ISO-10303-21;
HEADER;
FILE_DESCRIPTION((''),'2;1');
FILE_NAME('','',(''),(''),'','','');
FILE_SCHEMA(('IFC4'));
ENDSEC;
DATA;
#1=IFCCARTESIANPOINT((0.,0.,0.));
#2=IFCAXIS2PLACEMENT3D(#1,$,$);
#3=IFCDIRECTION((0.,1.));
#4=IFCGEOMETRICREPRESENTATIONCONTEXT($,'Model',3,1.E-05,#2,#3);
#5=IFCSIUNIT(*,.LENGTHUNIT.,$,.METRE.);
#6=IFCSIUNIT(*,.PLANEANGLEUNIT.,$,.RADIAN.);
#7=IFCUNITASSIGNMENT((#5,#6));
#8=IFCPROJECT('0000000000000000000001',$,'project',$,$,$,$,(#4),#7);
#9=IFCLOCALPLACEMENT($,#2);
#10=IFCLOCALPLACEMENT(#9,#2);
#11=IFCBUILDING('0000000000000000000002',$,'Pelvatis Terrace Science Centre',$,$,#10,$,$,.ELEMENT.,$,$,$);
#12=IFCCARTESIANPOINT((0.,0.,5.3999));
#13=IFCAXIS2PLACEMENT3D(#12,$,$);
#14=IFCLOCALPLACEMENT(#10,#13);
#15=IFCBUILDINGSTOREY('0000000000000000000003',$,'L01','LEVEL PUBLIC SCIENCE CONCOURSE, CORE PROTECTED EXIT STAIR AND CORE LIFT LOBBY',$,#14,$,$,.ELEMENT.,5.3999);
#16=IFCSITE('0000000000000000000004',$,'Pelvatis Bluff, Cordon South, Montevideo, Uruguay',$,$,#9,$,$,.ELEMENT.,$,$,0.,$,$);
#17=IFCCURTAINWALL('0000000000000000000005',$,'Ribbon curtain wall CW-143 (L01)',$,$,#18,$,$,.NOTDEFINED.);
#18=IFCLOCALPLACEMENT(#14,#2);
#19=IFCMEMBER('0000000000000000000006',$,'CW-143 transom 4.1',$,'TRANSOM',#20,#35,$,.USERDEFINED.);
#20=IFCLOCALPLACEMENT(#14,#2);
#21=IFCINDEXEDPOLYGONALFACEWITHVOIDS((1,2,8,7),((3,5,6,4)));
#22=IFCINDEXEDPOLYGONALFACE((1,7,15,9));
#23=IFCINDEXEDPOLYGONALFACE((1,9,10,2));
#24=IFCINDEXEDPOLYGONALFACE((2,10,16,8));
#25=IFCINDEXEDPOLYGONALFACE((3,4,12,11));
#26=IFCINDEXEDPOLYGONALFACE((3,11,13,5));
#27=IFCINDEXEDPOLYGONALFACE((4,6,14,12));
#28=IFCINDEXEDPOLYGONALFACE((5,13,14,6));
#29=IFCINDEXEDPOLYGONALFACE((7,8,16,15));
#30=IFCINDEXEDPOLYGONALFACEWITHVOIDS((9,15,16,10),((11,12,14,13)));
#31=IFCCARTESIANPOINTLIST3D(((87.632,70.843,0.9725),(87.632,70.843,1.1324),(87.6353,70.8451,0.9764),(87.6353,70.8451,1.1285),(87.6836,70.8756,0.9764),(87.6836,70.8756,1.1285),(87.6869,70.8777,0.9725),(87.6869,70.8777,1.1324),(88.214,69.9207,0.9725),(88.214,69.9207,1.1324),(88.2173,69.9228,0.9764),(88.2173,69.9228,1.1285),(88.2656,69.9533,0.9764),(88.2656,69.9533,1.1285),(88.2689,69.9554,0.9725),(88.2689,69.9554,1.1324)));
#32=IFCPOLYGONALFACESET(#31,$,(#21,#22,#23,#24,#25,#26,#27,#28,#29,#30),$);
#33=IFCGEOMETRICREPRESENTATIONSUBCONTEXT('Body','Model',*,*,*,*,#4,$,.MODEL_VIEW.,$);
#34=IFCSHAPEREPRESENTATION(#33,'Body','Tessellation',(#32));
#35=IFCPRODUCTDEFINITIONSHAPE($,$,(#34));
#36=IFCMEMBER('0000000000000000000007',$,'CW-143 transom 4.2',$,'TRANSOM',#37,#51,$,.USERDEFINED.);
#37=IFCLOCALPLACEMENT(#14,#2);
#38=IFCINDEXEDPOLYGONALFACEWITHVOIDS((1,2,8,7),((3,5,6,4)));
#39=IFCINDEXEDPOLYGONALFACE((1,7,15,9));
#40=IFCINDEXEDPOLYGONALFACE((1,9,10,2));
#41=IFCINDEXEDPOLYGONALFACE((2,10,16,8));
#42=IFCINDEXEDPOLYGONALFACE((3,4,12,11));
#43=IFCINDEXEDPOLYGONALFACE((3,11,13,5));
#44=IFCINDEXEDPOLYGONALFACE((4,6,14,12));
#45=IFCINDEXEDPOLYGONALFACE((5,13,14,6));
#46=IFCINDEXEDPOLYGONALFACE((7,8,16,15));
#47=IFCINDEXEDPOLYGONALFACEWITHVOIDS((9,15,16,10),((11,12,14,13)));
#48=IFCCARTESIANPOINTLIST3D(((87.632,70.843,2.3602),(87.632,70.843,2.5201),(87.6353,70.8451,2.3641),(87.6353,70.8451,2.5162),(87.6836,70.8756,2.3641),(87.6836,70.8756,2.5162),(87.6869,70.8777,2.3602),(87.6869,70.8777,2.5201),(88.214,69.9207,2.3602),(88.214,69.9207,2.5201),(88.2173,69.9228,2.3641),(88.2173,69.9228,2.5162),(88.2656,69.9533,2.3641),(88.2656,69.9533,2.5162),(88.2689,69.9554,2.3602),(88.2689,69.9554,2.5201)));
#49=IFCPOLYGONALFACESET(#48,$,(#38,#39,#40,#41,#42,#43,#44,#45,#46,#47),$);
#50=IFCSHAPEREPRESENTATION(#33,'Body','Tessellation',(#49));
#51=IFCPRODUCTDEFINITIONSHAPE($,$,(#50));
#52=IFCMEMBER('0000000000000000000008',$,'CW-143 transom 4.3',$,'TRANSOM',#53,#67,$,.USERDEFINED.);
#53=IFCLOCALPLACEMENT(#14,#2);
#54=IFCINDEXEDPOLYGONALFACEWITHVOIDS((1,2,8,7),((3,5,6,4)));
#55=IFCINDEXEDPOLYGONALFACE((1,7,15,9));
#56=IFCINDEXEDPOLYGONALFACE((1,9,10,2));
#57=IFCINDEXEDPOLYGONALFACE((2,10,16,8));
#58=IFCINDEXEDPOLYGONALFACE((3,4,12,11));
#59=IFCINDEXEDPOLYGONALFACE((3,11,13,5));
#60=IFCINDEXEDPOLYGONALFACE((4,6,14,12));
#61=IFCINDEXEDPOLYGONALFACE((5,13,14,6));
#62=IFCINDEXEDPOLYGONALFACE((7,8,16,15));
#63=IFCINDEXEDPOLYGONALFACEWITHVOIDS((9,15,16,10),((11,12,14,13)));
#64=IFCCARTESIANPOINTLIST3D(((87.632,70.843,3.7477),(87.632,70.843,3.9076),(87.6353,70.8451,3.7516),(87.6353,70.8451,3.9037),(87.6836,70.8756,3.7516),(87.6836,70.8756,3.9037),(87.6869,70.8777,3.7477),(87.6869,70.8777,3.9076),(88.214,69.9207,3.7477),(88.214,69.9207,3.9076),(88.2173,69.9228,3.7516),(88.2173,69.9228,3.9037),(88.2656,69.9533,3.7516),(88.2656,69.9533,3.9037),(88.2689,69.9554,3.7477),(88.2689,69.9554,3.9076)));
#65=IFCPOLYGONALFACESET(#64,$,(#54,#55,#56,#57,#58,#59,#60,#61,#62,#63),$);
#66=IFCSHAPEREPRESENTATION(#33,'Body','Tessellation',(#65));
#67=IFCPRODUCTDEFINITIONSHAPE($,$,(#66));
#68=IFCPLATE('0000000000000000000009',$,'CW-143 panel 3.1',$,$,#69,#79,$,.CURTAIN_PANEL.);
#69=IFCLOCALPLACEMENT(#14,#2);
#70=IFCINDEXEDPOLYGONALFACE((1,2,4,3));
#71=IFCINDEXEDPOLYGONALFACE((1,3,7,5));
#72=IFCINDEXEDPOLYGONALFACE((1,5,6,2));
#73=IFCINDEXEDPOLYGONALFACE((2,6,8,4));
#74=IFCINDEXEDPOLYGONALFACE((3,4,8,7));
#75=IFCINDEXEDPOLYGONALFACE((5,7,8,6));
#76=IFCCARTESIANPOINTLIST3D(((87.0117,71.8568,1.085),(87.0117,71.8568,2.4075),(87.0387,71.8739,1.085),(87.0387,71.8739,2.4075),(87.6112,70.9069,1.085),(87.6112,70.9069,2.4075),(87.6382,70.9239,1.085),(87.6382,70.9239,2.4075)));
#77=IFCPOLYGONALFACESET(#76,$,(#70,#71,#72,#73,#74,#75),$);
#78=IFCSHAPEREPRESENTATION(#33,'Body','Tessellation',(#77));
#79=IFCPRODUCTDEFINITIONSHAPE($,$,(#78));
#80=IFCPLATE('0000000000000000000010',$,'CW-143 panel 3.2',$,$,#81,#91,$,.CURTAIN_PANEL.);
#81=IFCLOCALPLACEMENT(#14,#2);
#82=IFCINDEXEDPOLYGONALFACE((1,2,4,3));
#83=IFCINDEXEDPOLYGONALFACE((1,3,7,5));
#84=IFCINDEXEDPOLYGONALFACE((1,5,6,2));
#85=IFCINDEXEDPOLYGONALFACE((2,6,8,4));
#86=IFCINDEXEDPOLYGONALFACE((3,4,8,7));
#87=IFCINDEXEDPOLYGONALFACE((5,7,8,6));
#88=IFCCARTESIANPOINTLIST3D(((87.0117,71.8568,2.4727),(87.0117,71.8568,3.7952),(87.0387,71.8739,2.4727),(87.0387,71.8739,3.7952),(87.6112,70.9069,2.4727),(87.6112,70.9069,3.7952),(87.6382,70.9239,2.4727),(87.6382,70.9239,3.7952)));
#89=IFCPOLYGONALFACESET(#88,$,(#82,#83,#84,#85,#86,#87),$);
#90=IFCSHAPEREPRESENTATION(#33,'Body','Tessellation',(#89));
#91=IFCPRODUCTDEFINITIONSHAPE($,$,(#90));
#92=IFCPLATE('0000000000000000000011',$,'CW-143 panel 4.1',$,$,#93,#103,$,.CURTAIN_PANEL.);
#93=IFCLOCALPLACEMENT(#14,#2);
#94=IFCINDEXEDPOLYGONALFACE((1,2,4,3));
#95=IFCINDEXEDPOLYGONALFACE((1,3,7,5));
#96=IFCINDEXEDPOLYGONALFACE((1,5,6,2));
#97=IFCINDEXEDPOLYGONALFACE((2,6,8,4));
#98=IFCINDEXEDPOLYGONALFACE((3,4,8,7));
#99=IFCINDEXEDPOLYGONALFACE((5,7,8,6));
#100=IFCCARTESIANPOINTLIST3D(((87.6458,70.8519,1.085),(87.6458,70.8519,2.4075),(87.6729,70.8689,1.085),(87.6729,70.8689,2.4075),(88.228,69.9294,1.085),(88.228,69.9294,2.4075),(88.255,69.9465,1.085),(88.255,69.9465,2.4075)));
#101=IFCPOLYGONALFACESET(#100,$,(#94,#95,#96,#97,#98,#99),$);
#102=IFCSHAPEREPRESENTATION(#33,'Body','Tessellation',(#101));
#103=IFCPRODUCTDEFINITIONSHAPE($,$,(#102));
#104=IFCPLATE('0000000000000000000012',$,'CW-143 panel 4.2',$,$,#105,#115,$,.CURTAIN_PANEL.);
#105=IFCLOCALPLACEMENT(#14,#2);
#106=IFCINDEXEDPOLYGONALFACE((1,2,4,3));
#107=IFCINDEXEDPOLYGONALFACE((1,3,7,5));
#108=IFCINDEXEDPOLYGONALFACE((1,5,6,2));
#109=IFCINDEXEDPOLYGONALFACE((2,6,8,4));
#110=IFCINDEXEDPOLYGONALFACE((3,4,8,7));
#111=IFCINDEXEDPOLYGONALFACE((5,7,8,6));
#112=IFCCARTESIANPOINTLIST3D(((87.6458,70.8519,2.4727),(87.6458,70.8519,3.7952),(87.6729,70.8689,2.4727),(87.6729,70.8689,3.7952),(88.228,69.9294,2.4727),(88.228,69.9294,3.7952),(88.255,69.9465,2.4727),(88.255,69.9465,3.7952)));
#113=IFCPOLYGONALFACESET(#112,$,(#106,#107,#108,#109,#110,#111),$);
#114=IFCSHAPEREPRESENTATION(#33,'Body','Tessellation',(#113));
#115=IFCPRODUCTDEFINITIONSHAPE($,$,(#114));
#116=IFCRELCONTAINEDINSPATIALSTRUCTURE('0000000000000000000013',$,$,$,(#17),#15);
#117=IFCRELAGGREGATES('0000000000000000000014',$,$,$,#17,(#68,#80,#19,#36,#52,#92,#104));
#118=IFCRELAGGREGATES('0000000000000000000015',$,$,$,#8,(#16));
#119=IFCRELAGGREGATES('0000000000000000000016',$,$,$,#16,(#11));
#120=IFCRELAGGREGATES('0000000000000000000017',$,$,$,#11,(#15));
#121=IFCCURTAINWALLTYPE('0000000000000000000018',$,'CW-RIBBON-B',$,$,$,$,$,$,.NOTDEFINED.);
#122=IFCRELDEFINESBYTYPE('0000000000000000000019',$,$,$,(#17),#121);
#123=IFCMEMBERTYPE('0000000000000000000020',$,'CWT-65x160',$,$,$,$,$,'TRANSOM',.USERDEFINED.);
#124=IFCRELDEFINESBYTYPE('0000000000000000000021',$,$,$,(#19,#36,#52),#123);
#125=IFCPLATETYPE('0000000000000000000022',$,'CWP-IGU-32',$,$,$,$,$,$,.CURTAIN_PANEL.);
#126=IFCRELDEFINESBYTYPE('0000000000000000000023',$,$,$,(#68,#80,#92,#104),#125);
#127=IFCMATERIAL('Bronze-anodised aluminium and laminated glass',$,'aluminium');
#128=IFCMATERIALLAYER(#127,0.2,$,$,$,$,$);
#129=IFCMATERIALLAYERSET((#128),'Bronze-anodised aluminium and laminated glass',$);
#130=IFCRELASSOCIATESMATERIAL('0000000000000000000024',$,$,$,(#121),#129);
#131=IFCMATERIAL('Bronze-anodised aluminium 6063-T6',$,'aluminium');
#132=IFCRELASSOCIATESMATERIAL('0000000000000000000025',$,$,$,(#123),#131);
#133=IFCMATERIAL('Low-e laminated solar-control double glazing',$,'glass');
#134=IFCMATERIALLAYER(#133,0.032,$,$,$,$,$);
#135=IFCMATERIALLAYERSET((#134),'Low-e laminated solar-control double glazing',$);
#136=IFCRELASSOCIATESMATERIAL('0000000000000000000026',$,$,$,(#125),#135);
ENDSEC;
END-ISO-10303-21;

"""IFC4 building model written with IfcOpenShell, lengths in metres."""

from ifc_helpers import new_model, si_unit, direction, frame, origin, origin_2d, place, context, subcontext, project, spatial, rectangle, hollow_rectangle, extrude, material, layer, layer_set, material_profile, profile_set, type_object, element, aggregate, save


model = new_model("IFC4")

# Units and contexts
model_context = context("Model", 3, precision=1e-05, world=origin(), true_north=direction((0.0, 1.0)))
body_context = subcontext(model_context, "Body", "Model", "MODEL_VIEW")
ifc_project = project(units=[si_unit("LENGTHUNIT", "METRE"), si_unit("PLANEANGLEUNIT", "RADIAN")], contexts=[model_context])

# Site, building, storey
site_placement = place(None, origin())
site = spatial("IfcSite", under=ifc_project, at=site_placement, Name="Pelvatis Bluff, Cordon South, Montevideo, Uruguay", CompositionType="ELEMENT", RefElevation=0.0)
building_placement = place(site_placement, origin())
building = spatial("IfcBuilding", under=site, at=building_placement, Name="Pelvatis Terrace Science Centre", CompositionType="ELEMENT")
storey_placement = place(building_placement, frame((0.0, 0.0, 5.3999)))
storey = spatial("IfcBuildingStorey", under=building, at=storey_placement, Name="L01", Description="LEVEL PUBLIC SCIENCE CONCOURSE, CORE PROTECTED EXIT STAIR AND CORE LIFT LOBBY", CompositionType="ELEMENT", Elevation=5.3999)

# Curtain wall, members, plates
ifc_material_1 = material(Name="Bronze-anodised aluminium and laminated glass", Category="aluminium")
ifc_layer_1 = layer(ifc_material_1, 0.2)
ifc_layer_set_1 = layer_set([ifc_layer_1], Name="Bronze-anodised aluminium and laminated glass")
curtain_wall_type = type_object("IfcCurtainWallType", Name="CW-RIBBON-B", PredefinedType="NOTDEFINED", material=ifc_layer_set_1)
curtain_wall_placement = place(storey_placement, origin())
curtain_wall = element("IfcCurtainWall", 1, at=curtain_wall_placement, inside=storey, type_object=curtain_wall_type, Name="Ribbon curtain wall CW-143 (L01)", PredefinedType="NOTDEFINED")
ifc_material_2 = material(Name="Bronze-anodised aluminium 6063-T6", Category="aluminium")
ifc_material_profile_1 = material_profile(ifc_material_2, hollow_rectangle(XDim=0.0649, YDim=0.1599, WallThickness=0.0039, at=origin_2d()), Name="ALU-TRN 65x160")
ifc_profile_set_1 = profile_set([ifc_material_profile_1], Name="Bronze-anodised aluminium 6063-T6")
member_type_1 = type_object("IfcMemberType", Name="CWT-65x160", ElementType="TRANSOM", PredefinedType="USERDEFINED", material=ifc_profile_set_1)
member_1_placement = place(storey_placement, frame((87.6594, 70.8604, 1.0525), z_axis=(0.533656, -0.845702, 0.0), x_axis=(0.845702, 0.533656, 0.0)))
member_1 = element("IfcMember", 2, at=member_1_placement, type_object=member_type_1, Name="CW-143 transom 4.1", ObjectType="TRANSOM", PredefinedType="USERDEFINED", context=body_context, shape_type="SweptSolid", body=[
    extrude(hollow_rectangle(XDim=0.0649, YDim=0.1599, WallThickness=0.0039, at=origin_2d()), origin(), (0.0, 0.0, 1.0), 1.0906),
])
member_2_placement = place(storey_placement, frame((87.6594, 70.8604, 2.4402), z_axis=(0.533656, -0.845702, 0.0), x_axis=(0.845702, 0.533656, 0.0)))
member_2 = element("IfcMember", 3, at=member_2_placement, type_object=member_type_1, Name="CW-143 transom 4.2", ObjectType="TRANSOM", PredefinedType="USERDEFINED", context=body_context, shape_type="SweptSolid", body=[
    extrude(hollow_rectangle(XDim=0.0649, YDim=0.1599, WallThickness=0.0039, at=origin_2d()), origin(), (0.0, 0.0, 1.0), 1.0906),
])
member_3_placement = place(storey_placement, frame((87.6594, 70.8604, 3.8276), z_axis=(0.533656, -0.845702, 0.0), x_axis=(0.845702, 0.533656, 0.0)))
member_3 = element("IfcMember", 4, at=member_3_placement, type_object=member_type_1, Name="CW-143 transom 4.3", ObjectType="TRANSOM", PredefinedType="USERDEFINED", context=body_context, shape_type="SweptSolid", body=[
    extrude(hollow_rectangle(XDim=0.0649, YDim=0.1599, WallThickness=0.0039, at=origin_2d()), origin(), (0.0, 0.0, 1.0), 1.0906),
])
ifc_material_3 = material(Name="Low-e laminated solar-control double glazing", Category="glass")
ifc_layer_2 = layer(ifc_material_3, 0.032)
ifc_layer_set_2 = layer_set([ifc_layer_2], Name="Low-e laminated solar-control double glazing")
plate_type = type_object("IfcPlateType", Name="CWP-IGU-32", PredefinedType="CURTAIN_PANEL", material=ifc_layer_set_2)
plate_1_placement = place(storey_placement, frame((87.325, 71.3904, 1.085), z_axis=(0.0, 0.0, 1.0), x_axis=(0.533693, -0.845678, 0.0)))
plate_1 = element("IfcPlate", 5, at=plate_1_placement, type_object=plate_type, Name="CW-143 panel 3.1", PredefinedType="CURTAIN_PANEL", context=body_context, shape_type="SweptSolid", body=[
    extrude(rectangle(XDim=1.1233, YDim=0.032, at=origin_2d()), origin(), (0.0, 0.0, 1.0), 1.3225),
])
plate_2_placement = place(storey_placement, frame((87.325, 71.3904, 2.4727), z_axis=(0.0, 0.0, 1.0), x_axis=(0.533693, -0.845678, 0.0)))
plate_2 = element("IfcPlate", 6, at=plate_2_placement, type_object=plate_type, Name="CW-143 panel 3.2", PredefinedType="CURTAIN_PANEL", context=body_context, shape_type="SweptSolid", body=[
    extrude(rectangle(XDim=1.1233, YDim=0.032, at=origin_2d()), origin(), (0.0, 0.0, 1.0), 1.3225),
])
plate_3_placement = place(storey_placement, frame((87.9504, 70.3992, 1.085), z_axis=(0.0, 0.0, 1.0), x_axis=(0.533693, -0.845678, 0.0)))
plate_3 = element("IfcPlate", 7, at=plate_3_placement, type_object=plate_type, Name="CW-143 panel 4.1", PredefinedType="CURTAIN_PANEL", context=body_context, shape_type="SweptSolid", body=[
    extrude(rectangle(XDim=1.0908, YDim=0.032, at=origin_2d()), origin(), (0.0, 0.0, 1.0), 1.3225),
])
plate_4_placement = place(storey_placement, frame((87.9504, 70.3992, 2.4727), z_axis=(0.0, 0.0, 1.0), x_axis=(0.533693, -0.845678, 0.0)))
plate_4 = element("IfcPlate", 8, at=plate_4_placement, type_object=plate_type, Name="CW-143 panel 4.2", PredefinedType="CURTAIN_PANEL", context=body_context, shape_type="SweptSolid", body=[
    extrude(rectangle(XDim=1.0908, YDim=0.032, at=origin_2d()), origin(), (0.0, 0.0, 1.0), 1.3225),
])
aggregate(curtain_wall, [plate_1, plate_2, member_1, member_2, member_3, plate_3, plate_4])

save(model, "model.ifc")
